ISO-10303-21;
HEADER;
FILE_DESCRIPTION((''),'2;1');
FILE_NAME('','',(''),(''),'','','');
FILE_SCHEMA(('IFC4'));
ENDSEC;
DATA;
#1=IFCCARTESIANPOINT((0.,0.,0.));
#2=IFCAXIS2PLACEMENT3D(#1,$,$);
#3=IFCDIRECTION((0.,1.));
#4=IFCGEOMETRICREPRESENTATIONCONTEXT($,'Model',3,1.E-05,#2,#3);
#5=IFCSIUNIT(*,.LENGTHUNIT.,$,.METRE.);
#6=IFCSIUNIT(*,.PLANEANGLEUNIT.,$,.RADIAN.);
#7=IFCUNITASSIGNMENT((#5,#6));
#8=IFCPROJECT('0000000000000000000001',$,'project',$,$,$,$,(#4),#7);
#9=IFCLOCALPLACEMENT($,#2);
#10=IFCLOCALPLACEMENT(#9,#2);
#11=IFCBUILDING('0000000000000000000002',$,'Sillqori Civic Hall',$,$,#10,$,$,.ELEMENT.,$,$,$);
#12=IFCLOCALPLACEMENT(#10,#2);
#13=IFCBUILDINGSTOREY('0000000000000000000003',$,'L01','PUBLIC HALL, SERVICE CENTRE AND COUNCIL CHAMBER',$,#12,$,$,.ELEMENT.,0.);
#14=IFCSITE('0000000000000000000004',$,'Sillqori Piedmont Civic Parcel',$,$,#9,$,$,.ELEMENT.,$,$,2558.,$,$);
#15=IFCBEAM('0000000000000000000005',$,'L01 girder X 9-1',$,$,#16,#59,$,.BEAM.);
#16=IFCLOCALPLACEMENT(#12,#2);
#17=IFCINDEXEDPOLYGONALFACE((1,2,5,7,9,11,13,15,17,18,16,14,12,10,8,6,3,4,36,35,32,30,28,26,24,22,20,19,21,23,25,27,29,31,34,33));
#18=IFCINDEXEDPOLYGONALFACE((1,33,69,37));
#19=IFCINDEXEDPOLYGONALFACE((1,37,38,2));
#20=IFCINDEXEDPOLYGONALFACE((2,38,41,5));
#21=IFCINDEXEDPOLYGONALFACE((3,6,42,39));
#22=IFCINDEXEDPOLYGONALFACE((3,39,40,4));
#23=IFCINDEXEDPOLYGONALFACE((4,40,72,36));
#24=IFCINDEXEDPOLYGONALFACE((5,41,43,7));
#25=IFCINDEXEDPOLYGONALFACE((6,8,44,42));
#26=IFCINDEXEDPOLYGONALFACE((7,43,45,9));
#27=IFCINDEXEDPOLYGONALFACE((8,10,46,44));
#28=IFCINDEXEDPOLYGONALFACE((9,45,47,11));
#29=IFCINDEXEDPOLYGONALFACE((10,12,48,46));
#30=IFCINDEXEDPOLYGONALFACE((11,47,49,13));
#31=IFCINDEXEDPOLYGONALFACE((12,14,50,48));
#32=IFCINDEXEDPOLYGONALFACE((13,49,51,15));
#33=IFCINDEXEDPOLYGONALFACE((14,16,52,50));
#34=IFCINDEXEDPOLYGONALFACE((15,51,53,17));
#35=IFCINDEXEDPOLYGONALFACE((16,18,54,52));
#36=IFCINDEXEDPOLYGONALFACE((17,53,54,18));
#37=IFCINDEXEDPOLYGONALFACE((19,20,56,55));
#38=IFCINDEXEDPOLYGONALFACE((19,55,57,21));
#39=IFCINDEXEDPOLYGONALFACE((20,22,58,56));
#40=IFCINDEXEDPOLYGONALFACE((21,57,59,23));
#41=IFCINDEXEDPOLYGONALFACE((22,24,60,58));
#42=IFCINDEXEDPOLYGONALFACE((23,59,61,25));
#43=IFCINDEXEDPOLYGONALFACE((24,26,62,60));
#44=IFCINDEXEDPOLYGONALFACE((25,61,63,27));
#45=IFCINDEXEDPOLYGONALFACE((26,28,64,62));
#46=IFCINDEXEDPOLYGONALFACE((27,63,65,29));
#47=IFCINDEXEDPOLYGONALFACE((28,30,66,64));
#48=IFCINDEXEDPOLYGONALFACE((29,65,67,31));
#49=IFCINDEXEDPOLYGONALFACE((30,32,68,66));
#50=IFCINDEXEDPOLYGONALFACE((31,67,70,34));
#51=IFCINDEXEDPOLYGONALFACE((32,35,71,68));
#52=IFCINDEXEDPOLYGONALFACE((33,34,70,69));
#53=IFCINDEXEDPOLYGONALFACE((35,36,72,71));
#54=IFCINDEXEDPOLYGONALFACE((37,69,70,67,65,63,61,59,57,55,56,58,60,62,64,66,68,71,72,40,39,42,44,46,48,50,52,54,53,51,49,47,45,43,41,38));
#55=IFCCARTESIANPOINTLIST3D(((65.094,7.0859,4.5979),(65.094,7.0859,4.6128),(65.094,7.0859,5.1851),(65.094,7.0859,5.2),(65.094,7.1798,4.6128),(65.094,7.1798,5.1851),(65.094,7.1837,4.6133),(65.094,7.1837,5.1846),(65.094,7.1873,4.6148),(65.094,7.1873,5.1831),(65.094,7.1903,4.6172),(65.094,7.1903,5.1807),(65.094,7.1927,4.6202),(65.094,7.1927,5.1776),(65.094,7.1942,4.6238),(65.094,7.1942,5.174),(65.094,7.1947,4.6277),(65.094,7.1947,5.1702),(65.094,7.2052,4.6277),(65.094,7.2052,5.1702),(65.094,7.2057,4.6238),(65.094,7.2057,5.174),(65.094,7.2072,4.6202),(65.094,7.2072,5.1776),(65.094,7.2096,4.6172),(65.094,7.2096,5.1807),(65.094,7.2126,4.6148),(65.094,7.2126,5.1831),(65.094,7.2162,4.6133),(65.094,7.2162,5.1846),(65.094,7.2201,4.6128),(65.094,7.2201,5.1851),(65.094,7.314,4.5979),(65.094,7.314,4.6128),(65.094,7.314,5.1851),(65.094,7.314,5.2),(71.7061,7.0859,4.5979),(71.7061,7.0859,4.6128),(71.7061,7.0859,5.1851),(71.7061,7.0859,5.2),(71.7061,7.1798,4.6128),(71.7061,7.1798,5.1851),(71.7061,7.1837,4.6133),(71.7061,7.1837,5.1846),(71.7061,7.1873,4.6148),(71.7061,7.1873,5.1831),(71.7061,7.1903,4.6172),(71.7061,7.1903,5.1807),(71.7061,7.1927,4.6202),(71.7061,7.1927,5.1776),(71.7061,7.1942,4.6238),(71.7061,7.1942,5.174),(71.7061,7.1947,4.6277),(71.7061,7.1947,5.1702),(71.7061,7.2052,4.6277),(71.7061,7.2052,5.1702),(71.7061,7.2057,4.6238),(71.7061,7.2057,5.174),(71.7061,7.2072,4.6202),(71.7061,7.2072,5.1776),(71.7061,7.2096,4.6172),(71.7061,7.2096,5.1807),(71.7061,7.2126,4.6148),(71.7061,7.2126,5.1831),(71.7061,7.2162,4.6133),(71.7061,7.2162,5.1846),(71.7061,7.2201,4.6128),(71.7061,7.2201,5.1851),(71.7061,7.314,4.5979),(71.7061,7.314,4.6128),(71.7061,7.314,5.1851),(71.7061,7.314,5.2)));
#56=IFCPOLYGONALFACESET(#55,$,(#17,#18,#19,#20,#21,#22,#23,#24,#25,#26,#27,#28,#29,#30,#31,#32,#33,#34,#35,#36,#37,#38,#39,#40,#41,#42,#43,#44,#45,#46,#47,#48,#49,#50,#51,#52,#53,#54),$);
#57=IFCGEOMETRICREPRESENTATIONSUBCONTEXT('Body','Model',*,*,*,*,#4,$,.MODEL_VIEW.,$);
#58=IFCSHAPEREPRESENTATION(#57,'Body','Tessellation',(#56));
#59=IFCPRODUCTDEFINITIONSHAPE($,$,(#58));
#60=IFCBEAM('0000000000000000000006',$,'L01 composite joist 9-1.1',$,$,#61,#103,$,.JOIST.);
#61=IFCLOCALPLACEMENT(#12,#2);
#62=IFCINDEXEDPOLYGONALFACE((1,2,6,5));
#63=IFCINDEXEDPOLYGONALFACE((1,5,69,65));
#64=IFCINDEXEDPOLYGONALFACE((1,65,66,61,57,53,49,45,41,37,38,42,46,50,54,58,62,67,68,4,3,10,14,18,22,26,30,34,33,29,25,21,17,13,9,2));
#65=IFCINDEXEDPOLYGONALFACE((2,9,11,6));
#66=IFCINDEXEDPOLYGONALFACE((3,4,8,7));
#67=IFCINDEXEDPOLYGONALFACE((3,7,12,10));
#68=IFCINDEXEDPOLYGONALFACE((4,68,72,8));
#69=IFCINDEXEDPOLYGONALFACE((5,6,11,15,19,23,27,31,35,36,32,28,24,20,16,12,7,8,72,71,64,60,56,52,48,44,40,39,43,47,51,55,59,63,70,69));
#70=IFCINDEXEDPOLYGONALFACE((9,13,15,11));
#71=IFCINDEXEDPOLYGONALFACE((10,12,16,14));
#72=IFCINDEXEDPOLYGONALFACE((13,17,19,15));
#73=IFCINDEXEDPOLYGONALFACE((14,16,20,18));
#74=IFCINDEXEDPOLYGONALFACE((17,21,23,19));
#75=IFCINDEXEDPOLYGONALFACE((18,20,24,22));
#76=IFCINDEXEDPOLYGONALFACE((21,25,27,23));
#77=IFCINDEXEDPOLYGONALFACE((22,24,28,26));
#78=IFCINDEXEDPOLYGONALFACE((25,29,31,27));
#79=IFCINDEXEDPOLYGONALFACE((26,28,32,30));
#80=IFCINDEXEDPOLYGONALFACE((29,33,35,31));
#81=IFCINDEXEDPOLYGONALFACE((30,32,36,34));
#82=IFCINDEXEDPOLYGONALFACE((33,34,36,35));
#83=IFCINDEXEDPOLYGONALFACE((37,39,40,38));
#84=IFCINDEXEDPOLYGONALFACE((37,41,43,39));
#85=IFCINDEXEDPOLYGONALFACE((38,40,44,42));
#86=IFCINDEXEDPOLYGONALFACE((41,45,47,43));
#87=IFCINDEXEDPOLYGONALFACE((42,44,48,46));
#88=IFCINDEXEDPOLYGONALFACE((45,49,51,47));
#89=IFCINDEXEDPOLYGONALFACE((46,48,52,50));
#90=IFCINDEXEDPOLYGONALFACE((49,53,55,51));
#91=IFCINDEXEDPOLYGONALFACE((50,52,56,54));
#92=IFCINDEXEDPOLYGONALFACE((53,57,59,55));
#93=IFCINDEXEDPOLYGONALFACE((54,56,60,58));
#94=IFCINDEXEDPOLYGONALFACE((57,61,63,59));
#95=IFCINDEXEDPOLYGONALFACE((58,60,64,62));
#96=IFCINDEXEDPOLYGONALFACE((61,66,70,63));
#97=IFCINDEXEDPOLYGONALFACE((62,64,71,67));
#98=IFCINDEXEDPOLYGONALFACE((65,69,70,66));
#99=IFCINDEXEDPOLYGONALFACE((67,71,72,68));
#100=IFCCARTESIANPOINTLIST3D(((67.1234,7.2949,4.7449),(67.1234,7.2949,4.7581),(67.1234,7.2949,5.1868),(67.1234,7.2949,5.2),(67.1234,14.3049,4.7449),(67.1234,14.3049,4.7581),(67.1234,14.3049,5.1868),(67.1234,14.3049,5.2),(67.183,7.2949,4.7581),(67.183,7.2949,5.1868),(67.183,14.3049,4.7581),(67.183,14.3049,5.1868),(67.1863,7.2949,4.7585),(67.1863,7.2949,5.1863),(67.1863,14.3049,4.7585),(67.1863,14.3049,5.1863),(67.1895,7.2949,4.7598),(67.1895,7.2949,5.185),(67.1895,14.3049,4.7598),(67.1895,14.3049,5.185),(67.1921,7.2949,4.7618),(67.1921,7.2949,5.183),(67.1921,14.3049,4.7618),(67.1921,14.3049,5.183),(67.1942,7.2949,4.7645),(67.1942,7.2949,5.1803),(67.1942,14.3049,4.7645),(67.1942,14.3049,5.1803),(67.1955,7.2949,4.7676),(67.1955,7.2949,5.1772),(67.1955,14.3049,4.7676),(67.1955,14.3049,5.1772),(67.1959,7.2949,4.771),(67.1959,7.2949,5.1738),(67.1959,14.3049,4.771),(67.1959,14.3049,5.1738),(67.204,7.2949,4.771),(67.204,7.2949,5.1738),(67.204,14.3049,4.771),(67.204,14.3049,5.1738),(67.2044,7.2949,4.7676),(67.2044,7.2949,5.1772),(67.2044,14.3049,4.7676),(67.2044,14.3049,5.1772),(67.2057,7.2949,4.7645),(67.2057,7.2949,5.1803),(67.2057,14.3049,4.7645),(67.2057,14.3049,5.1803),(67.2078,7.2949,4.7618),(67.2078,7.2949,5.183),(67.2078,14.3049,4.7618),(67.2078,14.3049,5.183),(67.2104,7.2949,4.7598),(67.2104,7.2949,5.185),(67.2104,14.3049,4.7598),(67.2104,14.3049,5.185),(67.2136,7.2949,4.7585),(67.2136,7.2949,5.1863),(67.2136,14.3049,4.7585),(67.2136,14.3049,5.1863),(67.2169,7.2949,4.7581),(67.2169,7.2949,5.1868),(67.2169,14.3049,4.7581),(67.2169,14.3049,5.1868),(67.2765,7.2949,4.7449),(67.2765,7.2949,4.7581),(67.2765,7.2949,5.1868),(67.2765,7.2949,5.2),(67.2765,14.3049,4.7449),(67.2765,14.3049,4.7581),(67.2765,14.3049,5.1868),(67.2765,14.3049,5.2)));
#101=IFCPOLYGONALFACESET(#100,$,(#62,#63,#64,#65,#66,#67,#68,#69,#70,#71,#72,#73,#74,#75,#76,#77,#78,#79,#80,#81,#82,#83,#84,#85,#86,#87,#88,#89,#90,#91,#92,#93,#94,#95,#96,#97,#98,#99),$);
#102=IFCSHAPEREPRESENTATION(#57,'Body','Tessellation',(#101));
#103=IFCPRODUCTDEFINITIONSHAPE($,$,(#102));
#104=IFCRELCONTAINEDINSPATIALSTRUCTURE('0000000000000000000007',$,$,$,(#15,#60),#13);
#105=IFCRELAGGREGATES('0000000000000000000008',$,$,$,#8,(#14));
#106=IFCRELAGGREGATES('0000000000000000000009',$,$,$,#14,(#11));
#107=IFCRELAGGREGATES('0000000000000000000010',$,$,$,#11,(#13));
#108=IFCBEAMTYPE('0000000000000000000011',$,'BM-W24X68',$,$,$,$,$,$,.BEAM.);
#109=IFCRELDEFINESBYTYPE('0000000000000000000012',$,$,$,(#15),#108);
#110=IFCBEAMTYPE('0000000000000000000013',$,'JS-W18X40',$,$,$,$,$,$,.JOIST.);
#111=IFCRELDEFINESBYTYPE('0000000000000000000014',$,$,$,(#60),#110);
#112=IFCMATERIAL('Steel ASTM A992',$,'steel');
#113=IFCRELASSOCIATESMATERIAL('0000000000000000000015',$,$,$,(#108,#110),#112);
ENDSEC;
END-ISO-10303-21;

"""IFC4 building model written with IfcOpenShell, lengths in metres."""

from ifc_helpers import new_model, si_unit, direction, frame, origin, origin_2d, place, context, subcontext, project, spatial, i_section, extrude, material, material_profile, profile_set, type_object, element, save


model = new_model("IFC4")

# Units and contexts
model_context = context("Model", 3, precision=1e-05, world=origin(), true_north=direction((0.0, 1.0)))
body_context = subcontext(model_context, "Body", "Model", "MODEL_VIEW")
ifc_project = project(units=[si_unit("LENGTHUNIT", "METRE"), si_unit("PLANEANGLEUNIT", "RADIAN")], contexts=[model_context])

# Site, building, storey
site_placement = place(None, origin())
site = spatial("IfcSite", under=ifc_project, at=site_placement, Name="Sillqori Piedmont Civic Parcel", CompositionType="ELEMENT", RefElevation=2558.0)
building_placement = place(site_placement, origin())
building = spatial("IfcBuilding", under=site, at=building_placement, Name="Sillqori Civic Hall", CompositionType="ELEMENT")
storey_placement = place(building_placement, origin())
storey = spatial("IfcBuildingStorey", under=building, at=storey_placement, Name="L01", Description="PUBLIC HALL, SERVICE CENTRE AND COUNCIL CHAMBER", CompositionType="ELEMENT", Elevation=0.0)

# Beam
ifc_material_1 = material(Name="Steel ASTM A992", Category="steel")
ifc_material_profile_1 = material_profile(ifc_material_1, i_section(OverallWidth=0.228, OverallDepth=0.6021, WebThickness=0.0105, FlangeThickness=0.0149, FilletRadius=0.0149, at=origin_2d()), Name="W24X68")
ifc_profile_set_1 = profile_set([ifc_material_profile_1], Name="Steel ASTM A992")
beam_type_1 = type_object("IfcBeamType", Name="BM-W24X68", PredefinedType="BEAM", material=ifc_profile_set_1)
beam_1_placement = place(storey_placement, frame((65.094, 7.2, 4.8989), z_axis=(1.0, 0.0, 0.0), x_axis=(0.0, 1.0, 0.0)))
element("IfcBeam", 1, at=beam_1_placement, inside=storey, type_object=beam_type_1, Name="L01 girder X 9-1", PredefinedType="BEAM", context=body_context, shape_type="SweptSolid", body=[
    extrude(i_section(OverallWidth=0.228, OverallDepth=0.6021, WebThickness=0.0105, FlangeThickness=0.0149, FilletRadius=0.0149, at=origin_2d()), origin(), (0.0, 0.0, 1.0), 6.6121),
])

# Beam
ifc_material_profile_2 = material_profile(ifc_material_1, i_section(OverallWidth=0.1531, OverallDepth=0.4551, WebThickness=0.0081, FlangeThickness=0.0132, FilletRadius=0.0129, at=origin_2d()), Name="W18X40")
ifc_profile_set_2 = profile_set([ifc_material_profile_2], Name="Steel ASTM A992")
beam_type_2 = type_object("IfcBeamType", Name="JS-W18X40", PredefinedType="JOIST", material=ifc_profile_set_2)
beam_2_placement = place(storey_placement, frame((67.2, 7.2949, 4.9724), z_axis=(0.0, 1.0, 0.0), x_axis=(-1.0, 0.0, 0.0)))
element("IfcBeam", 2, at=beam_2_placement, inside=storey, type_object=beam_type_2, Name="L01 composite joist 9-1.1", PredefinedType="JOIST", context=body_context, shape_type="SweptSolid", body=[
    extrude(i_section(OverallWidth=0.1531, OverallDepth=0.4551, WebThickness=0.0081, FlangeThickness=0.0132, FilletRadius=0.0129, at=origin_2d()), origin(), (0.0, 0.0, 1.0), 7.01),
])

save(model, "model.ifc")
